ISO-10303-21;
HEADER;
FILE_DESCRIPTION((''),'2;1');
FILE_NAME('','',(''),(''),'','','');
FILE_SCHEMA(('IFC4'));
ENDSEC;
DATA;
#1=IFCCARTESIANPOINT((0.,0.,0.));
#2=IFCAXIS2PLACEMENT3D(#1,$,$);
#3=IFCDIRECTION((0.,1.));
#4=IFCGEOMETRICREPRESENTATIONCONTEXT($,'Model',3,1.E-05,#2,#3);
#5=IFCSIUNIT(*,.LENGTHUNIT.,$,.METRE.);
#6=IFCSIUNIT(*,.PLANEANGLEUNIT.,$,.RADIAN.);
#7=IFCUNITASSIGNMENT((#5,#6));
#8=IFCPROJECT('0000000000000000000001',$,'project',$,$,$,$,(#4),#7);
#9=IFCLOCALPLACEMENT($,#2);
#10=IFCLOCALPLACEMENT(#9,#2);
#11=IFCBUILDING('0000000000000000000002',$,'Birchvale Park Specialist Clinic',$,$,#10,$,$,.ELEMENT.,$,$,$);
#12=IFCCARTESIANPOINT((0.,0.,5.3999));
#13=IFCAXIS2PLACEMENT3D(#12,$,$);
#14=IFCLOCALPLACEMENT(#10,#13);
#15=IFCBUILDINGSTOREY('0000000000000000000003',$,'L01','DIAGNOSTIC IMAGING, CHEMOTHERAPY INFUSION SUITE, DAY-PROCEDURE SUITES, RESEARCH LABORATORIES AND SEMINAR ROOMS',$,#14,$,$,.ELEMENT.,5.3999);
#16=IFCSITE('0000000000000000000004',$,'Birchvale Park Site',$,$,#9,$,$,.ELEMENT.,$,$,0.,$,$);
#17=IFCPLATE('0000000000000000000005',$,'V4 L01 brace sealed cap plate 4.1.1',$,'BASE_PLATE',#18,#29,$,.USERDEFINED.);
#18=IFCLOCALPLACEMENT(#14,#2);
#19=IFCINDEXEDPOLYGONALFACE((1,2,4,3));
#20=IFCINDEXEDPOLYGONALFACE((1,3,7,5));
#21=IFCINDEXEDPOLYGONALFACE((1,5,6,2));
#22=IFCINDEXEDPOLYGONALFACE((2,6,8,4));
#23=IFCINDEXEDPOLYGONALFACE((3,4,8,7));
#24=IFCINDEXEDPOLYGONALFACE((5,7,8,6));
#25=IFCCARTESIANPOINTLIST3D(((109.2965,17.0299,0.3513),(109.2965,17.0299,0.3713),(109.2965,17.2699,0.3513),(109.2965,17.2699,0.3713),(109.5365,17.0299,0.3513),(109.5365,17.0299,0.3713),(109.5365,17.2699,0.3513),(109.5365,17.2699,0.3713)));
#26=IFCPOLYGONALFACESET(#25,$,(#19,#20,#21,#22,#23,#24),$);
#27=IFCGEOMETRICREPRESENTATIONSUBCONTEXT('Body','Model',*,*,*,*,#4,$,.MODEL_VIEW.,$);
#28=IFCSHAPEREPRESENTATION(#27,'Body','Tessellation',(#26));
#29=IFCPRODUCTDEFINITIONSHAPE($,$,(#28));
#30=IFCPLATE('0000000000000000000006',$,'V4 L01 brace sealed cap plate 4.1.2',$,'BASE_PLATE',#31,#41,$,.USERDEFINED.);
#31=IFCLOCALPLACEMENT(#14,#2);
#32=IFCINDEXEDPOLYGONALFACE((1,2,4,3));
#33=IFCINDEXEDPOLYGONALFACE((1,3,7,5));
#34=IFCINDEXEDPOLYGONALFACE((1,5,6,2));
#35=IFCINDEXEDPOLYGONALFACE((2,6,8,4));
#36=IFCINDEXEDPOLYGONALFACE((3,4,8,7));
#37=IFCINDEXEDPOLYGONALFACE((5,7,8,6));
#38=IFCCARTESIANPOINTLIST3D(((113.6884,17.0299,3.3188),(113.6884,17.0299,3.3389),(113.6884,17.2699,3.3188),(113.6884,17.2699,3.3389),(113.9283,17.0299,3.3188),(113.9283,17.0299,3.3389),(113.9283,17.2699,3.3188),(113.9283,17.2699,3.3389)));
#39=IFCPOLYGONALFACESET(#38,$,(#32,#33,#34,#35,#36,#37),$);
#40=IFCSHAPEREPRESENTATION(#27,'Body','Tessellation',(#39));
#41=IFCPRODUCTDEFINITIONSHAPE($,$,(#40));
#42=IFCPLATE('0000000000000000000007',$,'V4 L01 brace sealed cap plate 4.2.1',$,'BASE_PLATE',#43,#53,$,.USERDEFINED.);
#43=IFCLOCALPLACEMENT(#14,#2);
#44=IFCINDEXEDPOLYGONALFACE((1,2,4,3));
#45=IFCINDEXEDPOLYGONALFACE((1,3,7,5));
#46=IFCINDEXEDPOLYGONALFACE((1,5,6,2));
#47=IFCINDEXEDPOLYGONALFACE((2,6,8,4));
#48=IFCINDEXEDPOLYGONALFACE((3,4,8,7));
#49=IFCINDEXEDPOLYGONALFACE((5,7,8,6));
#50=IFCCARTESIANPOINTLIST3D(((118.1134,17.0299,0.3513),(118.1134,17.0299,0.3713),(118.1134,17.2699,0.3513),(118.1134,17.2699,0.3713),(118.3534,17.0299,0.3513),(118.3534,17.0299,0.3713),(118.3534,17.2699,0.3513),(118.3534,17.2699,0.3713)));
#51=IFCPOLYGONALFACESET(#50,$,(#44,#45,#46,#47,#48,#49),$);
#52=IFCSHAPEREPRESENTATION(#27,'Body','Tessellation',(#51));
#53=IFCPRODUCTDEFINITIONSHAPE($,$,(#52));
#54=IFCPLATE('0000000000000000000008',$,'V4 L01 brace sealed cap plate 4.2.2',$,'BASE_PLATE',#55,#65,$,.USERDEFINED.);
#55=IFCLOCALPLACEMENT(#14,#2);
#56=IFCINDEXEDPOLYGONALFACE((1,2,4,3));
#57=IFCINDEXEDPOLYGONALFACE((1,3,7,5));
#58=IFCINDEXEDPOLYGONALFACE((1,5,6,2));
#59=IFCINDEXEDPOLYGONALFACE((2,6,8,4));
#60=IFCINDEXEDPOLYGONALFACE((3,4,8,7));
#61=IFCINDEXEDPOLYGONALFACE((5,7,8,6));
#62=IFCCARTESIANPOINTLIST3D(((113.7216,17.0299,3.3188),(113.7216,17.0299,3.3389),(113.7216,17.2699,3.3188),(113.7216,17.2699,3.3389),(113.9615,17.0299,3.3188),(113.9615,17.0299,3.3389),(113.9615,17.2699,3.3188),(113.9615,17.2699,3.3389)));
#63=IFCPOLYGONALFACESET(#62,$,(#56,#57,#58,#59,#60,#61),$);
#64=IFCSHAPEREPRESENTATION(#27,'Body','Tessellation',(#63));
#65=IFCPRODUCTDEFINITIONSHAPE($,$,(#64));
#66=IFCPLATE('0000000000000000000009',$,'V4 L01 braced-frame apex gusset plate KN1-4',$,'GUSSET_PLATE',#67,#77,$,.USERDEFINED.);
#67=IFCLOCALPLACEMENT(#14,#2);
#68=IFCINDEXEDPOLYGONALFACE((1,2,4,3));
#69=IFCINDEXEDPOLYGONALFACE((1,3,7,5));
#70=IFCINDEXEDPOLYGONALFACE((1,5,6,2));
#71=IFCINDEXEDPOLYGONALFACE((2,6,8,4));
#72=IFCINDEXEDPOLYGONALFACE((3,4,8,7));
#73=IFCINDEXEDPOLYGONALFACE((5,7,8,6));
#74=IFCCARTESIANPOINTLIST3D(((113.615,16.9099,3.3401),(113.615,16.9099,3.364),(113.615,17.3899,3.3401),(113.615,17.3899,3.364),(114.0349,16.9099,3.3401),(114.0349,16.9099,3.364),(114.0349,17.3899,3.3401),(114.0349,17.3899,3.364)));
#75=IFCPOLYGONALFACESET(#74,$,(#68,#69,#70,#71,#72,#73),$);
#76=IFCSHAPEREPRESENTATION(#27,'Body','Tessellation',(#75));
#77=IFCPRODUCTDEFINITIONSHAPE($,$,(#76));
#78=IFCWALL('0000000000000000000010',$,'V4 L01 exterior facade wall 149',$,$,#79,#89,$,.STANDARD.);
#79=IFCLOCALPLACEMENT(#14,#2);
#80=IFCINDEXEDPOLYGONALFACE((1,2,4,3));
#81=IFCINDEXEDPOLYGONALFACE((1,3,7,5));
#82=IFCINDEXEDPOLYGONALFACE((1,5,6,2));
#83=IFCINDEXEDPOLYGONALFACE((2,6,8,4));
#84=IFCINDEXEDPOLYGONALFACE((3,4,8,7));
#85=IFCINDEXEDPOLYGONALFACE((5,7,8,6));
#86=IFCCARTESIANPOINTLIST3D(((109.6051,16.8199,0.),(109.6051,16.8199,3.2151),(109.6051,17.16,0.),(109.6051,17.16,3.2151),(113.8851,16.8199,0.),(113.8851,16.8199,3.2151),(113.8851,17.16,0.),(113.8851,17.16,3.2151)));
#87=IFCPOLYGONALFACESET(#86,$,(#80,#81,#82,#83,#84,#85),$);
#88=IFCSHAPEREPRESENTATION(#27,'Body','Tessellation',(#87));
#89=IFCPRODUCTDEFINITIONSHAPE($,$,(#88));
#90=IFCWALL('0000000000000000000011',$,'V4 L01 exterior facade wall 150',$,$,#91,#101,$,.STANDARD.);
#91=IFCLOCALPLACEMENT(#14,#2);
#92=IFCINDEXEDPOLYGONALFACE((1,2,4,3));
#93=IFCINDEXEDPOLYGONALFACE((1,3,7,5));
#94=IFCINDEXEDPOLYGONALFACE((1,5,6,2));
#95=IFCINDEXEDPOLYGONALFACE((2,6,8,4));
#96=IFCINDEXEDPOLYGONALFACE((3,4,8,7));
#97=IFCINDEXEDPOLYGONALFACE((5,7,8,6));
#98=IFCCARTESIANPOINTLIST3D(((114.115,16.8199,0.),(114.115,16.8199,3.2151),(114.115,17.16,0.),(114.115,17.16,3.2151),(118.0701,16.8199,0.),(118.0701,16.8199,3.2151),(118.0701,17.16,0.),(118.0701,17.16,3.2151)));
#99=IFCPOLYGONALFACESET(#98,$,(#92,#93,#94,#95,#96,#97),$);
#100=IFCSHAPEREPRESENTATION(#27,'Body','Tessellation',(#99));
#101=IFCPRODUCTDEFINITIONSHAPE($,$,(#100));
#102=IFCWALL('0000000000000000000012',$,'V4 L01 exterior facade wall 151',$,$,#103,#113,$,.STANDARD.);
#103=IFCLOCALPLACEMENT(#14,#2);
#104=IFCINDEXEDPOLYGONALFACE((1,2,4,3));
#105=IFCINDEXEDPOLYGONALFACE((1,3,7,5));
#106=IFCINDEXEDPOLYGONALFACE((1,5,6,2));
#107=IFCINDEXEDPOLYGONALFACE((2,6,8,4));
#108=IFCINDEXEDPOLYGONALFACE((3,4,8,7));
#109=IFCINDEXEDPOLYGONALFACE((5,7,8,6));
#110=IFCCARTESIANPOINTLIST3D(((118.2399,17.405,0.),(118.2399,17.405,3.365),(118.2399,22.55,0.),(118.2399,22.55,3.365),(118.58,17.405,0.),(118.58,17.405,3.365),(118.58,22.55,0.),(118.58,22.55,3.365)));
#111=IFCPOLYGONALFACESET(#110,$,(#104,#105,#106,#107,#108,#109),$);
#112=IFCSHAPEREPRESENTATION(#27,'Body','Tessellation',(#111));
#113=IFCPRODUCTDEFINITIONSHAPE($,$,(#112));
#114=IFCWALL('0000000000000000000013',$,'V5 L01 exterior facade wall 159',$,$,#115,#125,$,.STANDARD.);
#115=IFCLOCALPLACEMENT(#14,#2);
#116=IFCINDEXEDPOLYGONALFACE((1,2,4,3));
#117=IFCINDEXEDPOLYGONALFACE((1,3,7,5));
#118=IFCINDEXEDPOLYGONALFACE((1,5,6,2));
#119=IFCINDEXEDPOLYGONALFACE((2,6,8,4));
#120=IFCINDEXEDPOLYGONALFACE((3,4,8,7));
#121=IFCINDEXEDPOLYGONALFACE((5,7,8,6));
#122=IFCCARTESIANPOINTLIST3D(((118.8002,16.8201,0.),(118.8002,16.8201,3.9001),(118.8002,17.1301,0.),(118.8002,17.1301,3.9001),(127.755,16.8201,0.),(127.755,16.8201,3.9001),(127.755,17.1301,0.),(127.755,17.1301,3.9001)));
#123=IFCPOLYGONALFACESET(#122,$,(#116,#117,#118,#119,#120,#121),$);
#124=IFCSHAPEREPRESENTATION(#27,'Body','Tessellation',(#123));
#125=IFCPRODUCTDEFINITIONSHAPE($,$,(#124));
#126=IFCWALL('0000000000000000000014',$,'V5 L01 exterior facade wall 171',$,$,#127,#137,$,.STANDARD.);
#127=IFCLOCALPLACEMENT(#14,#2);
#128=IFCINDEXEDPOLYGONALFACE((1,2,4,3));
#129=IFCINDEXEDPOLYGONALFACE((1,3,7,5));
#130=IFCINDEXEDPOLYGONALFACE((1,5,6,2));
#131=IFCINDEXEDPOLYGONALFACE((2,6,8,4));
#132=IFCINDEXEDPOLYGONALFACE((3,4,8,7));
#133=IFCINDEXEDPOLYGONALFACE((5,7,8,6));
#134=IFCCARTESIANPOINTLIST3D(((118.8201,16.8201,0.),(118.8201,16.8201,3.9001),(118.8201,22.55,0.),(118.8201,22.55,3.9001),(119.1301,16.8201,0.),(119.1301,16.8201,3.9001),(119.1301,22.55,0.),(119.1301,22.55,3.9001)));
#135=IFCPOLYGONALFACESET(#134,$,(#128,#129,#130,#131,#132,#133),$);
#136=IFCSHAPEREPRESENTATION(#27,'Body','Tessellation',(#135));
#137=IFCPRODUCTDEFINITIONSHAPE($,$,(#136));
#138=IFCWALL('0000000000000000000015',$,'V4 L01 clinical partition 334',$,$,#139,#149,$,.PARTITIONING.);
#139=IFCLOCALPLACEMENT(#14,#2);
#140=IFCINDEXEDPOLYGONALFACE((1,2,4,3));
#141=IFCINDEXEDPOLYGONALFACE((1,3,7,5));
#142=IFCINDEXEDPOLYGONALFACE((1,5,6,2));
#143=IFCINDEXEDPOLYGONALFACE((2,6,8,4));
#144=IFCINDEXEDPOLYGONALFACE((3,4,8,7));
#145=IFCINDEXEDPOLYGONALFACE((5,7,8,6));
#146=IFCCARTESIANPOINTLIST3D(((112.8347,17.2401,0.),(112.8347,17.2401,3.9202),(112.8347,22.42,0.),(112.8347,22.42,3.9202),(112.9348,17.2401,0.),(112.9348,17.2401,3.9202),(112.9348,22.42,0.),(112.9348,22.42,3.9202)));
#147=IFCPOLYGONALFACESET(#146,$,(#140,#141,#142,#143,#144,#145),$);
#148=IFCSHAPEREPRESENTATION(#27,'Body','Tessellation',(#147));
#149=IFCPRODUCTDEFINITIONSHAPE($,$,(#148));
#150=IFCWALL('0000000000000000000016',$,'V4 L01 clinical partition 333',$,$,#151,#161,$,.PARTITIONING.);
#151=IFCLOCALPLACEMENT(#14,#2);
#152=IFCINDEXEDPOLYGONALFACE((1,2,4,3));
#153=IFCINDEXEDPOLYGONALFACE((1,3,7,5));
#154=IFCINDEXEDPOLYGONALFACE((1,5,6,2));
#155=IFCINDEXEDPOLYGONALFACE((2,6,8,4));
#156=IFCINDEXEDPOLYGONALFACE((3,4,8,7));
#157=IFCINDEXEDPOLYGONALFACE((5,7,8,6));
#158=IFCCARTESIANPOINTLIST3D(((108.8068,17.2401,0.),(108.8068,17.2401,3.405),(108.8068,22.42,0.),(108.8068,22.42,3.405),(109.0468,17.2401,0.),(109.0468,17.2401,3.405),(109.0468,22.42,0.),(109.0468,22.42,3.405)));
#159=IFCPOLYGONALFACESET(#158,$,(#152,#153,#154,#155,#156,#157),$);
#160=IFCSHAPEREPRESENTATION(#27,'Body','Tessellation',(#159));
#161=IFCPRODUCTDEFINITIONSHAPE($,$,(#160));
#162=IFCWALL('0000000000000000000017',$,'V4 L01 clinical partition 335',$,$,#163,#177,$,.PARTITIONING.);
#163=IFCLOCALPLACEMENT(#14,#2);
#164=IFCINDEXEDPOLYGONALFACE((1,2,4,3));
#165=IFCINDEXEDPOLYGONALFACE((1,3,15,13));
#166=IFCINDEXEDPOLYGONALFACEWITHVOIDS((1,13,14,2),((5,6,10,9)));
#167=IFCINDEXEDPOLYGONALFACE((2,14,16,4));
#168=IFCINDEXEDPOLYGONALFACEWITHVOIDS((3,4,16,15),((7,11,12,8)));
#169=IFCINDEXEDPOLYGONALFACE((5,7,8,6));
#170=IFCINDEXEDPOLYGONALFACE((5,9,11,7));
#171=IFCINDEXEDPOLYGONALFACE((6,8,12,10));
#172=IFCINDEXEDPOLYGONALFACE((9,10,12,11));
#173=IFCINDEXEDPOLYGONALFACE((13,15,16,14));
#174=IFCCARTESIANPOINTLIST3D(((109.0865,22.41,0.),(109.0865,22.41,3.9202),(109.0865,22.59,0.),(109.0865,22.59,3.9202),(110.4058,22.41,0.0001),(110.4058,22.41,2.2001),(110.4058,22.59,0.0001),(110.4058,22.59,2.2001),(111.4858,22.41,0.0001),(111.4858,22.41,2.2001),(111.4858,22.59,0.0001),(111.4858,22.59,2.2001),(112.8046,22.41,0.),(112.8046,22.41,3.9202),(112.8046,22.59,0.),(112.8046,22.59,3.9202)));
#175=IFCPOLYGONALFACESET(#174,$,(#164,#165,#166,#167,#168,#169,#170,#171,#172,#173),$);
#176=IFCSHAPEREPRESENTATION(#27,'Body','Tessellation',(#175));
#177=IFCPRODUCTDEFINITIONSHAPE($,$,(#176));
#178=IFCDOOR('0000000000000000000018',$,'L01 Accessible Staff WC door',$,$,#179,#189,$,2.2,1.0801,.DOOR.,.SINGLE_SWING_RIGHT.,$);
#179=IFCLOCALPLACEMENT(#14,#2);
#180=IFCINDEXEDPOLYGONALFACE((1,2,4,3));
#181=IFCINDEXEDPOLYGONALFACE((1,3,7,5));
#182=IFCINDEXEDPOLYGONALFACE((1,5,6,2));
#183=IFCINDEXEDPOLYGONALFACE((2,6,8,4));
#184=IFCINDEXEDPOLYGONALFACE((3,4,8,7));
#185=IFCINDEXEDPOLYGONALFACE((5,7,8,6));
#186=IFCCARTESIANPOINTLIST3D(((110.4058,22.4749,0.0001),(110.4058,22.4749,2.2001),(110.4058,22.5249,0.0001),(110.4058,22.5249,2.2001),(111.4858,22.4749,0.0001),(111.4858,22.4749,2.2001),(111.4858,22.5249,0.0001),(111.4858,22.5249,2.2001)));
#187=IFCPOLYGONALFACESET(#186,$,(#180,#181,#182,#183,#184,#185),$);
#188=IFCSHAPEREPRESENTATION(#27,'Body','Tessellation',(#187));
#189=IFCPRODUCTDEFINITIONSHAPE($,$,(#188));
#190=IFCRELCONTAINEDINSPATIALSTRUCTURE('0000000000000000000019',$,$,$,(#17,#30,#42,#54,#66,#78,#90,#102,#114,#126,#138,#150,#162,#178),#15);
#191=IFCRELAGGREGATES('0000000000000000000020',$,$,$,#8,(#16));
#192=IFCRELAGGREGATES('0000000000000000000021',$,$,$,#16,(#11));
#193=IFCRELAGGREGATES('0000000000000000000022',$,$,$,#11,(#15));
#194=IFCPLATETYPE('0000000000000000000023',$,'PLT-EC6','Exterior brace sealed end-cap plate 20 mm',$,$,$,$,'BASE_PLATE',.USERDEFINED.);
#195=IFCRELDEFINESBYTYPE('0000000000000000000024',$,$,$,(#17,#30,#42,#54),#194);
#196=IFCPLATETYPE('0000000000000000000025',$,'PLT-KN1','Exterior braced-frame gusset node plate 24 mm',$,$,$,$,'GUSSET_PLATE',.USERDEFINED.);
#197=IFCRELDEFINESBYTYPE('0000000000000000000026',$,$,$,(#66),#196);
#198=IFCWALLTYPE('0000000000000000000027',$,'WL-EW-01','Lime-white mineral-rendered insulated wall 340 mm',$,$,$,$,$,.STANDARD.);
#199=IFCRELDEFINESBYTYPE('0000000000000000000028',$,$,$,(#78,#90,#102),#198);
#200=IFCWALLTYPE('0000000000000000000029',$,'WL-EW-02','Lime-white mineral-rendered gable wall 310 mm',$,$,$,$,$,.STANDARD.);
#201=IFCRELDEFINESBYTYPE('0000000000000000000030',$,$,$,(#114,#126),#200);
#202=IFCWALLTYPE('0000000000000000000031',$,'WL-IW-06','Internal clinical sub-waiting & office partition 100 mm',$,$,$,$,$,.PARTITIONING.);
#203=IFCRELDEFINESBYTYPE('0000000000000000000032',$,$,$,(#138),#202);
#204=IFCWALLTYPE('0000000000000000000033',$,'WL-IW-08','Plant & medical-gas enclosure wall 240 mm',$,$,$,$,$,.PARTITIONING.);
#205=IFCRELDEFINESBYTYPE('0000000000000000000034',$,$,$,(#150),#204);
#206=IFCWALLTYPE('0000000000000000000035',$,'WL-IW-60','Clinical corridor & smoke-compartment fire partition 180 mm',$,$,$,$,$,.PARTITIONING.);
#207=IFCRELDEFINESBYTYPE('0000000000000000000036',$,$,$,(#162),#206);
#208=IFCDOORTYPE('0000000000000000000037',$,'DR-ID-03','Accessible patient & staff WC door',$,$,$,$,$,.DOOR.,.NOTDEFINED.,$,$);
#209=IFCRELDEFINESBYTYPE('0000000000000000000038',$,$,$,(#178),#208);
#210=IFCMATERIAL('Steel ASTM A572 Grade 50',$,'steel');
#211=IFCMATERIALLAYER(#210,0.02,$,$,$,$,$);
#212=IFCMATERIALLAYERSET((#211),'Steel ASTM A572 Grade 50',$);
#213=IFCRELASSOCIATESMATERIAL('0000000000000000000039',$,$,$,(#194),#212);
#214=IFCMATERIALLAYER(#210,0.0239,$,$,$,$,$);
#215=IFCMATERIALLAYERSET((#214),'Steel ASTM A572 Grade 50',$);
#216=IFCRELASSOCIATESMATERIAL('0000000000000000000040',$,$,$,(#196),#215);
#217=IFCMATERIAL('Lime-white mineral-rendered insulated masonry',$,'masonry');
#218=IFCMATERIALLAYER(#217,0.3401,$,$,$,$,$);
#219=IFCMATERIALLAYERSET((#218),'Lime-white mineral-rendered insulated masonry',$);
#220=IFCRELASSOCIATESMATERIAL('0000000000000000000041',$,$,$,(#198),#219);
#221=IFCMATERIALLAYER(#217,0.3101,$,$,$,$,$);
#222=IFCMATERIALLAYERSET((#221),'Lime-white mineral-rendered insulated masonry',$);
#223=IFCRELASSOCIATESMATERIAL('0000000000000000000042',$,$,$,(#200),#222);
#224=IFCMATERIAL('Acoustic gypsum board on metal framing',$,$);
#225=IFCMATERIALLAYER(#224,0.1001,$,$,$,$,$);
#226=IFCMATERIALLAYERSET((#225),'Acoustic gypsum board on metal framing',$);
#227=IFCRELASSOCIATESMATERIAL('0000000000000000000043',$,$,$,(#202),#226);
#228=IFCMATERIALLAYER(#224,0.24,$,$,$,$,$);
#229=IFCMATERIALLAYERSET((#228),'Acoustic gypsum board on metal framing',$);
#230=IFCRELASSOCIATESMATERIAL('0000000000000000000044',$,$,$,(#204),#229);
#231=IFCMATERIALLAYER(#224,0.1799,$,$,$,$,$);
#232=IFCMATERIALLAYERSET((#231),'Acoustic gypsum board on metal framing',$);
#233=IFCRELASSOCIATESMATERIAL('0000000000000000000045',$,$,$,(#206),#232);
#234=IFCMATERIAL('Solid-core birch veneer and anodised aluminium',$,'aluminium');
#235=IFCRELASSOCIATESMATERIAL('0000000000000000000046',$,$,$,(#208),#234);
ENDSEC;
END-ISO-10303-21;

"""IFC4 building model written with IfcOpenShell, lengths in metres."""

from ifc_helpers import new_model, si_unit, direction, frame, frame_2d, origin, origin_2d, place, context, subcontext, project, spatial, rectangle, extrude, material, layer, layer_set, type_object, element, fill, save


model = new_model("IFC4")

# Units and contexts
model_context = context("Model", 3, precision=1e-05, world=origin(), true_north=direction((0.0, 1.0)))
body_context = subcontext(model_context, "Body", "Model", "MODEL_VIEW")
ifc_project = project(units=[si_unit("LENGTHUNIT", "METRE"), si_unit("PLANEANGLEUNIT", "RADIAN")], contexts=[model_context])

# Site, building, storey
site_placement = place(None, origin())
site = spatial("IfcSite", under=ifc_project, at=site_placement, Name="Birchvale Park Site", CompositionType="ELEMENT", RefElevation=0.0)
building_placement = place(site_placement, origin())
building = spatial("IfcBuilding", under=site, at=building_placement, Name="Birchvale Park Specialist Clinic", CompositionType="ELEMENT")
storey_placement = place(building_placement, frame((0.0, 0.0, 5.3999)))
storey = spatial("IfcBuildingStorey", under=building, at=storey_placement, Name="L01", Description="DIAGNOSTIC IMAGING, CHEMOTHERAPY INFUSION SUITE, DAY-PROCEDURE SUITES, RESEARCH LABORATORIES AND SEMINAR ROOMS", CompositionType="ELEMENT", Elevation=5.3999)

# Plates
ifc_material_1 = material(Name="Steel ASTM A572 Grade 50", Category="steel")
ifc_layer_1 = layer(ifc_material_1, 0.02)
ifc_layer_set_1 = layer_set([ifc_layer_1], Name="Steel ASTM A572 Grade 50")
plate_type_1 = type_object("IfcPlateType", Name="PLT-EC6", Description="Exterior brace sealed end-cap plate 20 mm", ElementType="BASE_PLATE", PredefinedType="USERDEFINED", material=ifc_layer_set_1)
for number, where, z_axis, x_axis, name in (
    (1, (109.4165, 17.1499, 0.3513), (0.0, 0.0, 1.0), (1.0, 0.0, 0.0), "V4 L01 brace sealed cap plate 4.1.1"),
    (2, (113.8083, 17.1499, 3.3188), (0.0, 0.0, 1.0), (1.0, 0.0, 0.0), "V4 L01 brace sealed cap plate 4.1.2"),
    (3, (118.2334, 17.1499, 0.3513), (0.0, 0.0, 1.0), (1.0, 0.0, 0.0), "V4 L01 brace sealed cap plate 4.2.1"),
    (4, (113.8416, 17.1499, 3.3188), (0.0, 0.0, 1.0), (1.0, 0.0, 0.0), "V4 L01 brace sealed cap plate 4.2.2"),
):
    element("IfcPlate", number, at=place(storey_placement, frame(where, z_axis=z_axis, x_axis=x_axis)), inside=storey, type_object=plate_type_1, Name=name, ObjectType="BASE_PLATE", PredefinedType="USERDEFINED", context=body_context, shape_type="SweptSolid", body=[
        extrude(rectangle(XDim=0.24, YDim=0.24, at=origin_2d()), origin(), (0.0, 0.0, 1.0), 0.02),
    ])
ifc_layer_2 = layer(ifc_material_1, 0.0239)
ifc_layer_set_2 = layer_set([ifc_layer_2], Name="Steel ASTM A572 Grade 50")
plate_type_2 = type_object("IfcPlateType", Name="PLT-KN1", Description="Exterior braced-frame gusset node plate 24 mm", ElementType="GUSSET_PLATE", PredefinedType="USERDEFINED", material=ifc_layer_set_2)
plate_placement = place(storey_placement, frame((113.825, 17.1499, 3.3401), z_axis=(0.0, 0.0, 1.0), x_axis=(1.0, 0.0, 0.0)))
element("IfcPlate", 5, at=plate_placement, inside=storey, type_object=plate_type_2, Name="V4 L01 braced-frame apex gusset plate KN1-4", ObjectType="GUSSET_PLATE", PredefinedType="USERDEFINED", context=body_context, shape_type="SweptSolid", body=[
    extrude(rectangle(XDim=0.4199, YDim=0.48, at=origin_2d()), origin(), (0.0, 0.0, 1.0), 0.0239),
])

# Walls
ifc_material_2 = material(Name="Lime-white mineral-rendered insulated masonry", Category="masonry")
ifc_layer_3 = layer(ifc_material_2, 0.3401)
ifc_layer_set_3 = layer_set([ifc_layer_3], Name="Lime-white mineral-rendered insulated masonry")
wall_type_1 = type_object("IfcWallType", Name="WL-EW-01", Description="Lime-white mineral-rendered insulated wall 340 mm", PredefinedType="STANDARD", material=ifc_layer_set_3)
wall_1_placement = place(storey_placement, frame((109.605, 16.99, 0.0), z_axis=(0.0, 0.0, 1.0), x_axis=(1.0, 0.0, 0.0)))
element("IfcWall", 6, at=wall_1_placement, inside=storey, type_object=wall_type_1, Name="V4 L01 exterior facade wall 149", PredefinedType="STANDARD", context=body_context, shape_type="SweptSolid", body=[
    extrude(rectangle(XDim=4.28, YDim=0.3401, at=frame_2d((2.1401, 0.0))), origin(), (0.0, 0.0, 1.0), 3.2151),
])
wall_2_placement = place(storey_placement, frame((114.115, 16.99, 0.0), z_axis=(0.0, 0.0, 1.0), x_axis=(1.0, 0.0, 0.0)))
element("IfcWall", 7, at=wall_2_placement, inside=storey, type_object=wall_type_1, Name="V4 L01 exterior facade wall 150", PredefinedType="STANDARD", context=body_context, shape_type="SweptSolid", body=[
    extrude(rectangle(XDim=3.9551, YDim=0.3401, at=frame_2d((1.9775, 0.0))), origin(), (0.0, 0.0, 1.0), 3.2151),
])
wall_3_placement = place(storey_placement, frame((118.4099, 17.405, 0.0), z_axis=(0.0, 0.0, 1.0), x_axis=(0.0, 1.0, 0.0)))
element("IfcWall", 8, at=wall_3_placement, inside=storey, type_object=wall_type_1, Name="V4 L01 exterior facade wall 151", PredefinedType="STANDARD", context=body_context, shape_type="SweptSolid", body=[
    extrude(rectangle(XDim=5.145, YDim=0.3401, at=frame_2d((2.5725, 0.0))), origin(), (0.0, 0.0, 1.0), 3.365),
])
ifc_layer_4 = layer(ifc_material_2, 0.3101)
ifc_layer_set_4 = layer_set([ifc_layer_4], Name="Lime-white mineral-rendered insulated masonry")
wall_type_2 = type_object("IfcWallType", Name="WL-EW-02", Description="Lime-white mineral-rendered gable wall 310 mm", PredefinedType="STANDARD", material=ifc_layer_set_4)
wall_4_placement = place(storey_placement, frame((118.8, 16.9751, 0.0), z_axis=(0.0, 0.0, 1.0), x_axis=(1.0, 0.0, 0.0)))
element("IfcWall", 9, at=wall_4_placement, inside=storey, type_object=wall_type_2, Name="V5 L01 exterior facade wall 159", PredefinedType="STANDARD", context=body_context, shape_type="SweptSolid", body=[
    extrude(rectangle(XDim=8.9548, YDim=0.3101, at=frame_2d((4.4775, 0.0))), origin(), (0.0, 0.0, 1.0), 3.9001),
])
wall_5_placement = place(storey_placement, frame((118.9751, 22.55, 0.0), z_axis=(0.0, 0.0, 1.0), x_axis=(0.0, -1.0, 0.0)))
element("IfcWall", 10, at=wall_5_placement, inside=storey, type_object=wall_type_2, Name="V5 L01 exterior facade wall 171", PredefinedType="STANDARD", context=body_context, shape_type="SweptSolid", body=[
    extrude(rectangle(XDim=5.73, YDim=0.3101, at=frame_2d((2.865, 0.0))), origin(), (0.0, 0.0, 1.0), 3.9001),
])
ifc_material_3 = material(Name="Acoustic gypsum board on metal framing")
ifc_layer_5 = layer(ifc_material_3, 0.1001)
ifc_layer_set_5 = layer_set([ifc_layer_5], Name="Acoustic gypsum board on metal framing")
wall_type_3 = type_object("IfcWallType", Name="WL-IW-06", Description="Internal clinical sub-waiting & office partition 100 mm", PredefinedType="PARTITIONING", material=ifc_layer_set_5)
wall_6_placement = place(storey_placement, frame((112.8848, 22.4199, 0.0), z_axis=(0.0, 0.0, 1.0), x_axis=(0.0, -1.0, 0.0)))
element("IfcWall", 11, at=wall_6_placement, inside=storey, type_object=wall_type_3, Name="V4 L01 clinical partition 334", PredefinedType="PARTITIONING", context=body_context, shape_type="SweptSolid", body=[
    extrude(rectangle(XDim=5.1799, YDim=0.1001, at=frame_2d((2.5898, 0.0))), origin(), (0.0, 0.0, 1.0), 3.9202),
])
ifc_layer_6 = layer(ifc_material_3, 0.24)
ifc_layer_set_6 = layer_set([ifc_layer_6], Name="Acoustic gypsum board on metal framing")
wall_type_4 = type_object("IfcWallType", Name="WL-IW-08", Description="Plant & medical-gas enclosure wall 240 mm", PredefinedType="PARTITIONING", material=ifc_layer_set_6)
wall_7_placement = place(storey_placement, frame((108.9268, 22.4199, 0.0), z_axis=(0.0, 0.0, 1.0), x_axis=(0.0, -1.0, 0.0)))
element("IfcWall", 12, at=wall_7_placement, inside=storey, type_object=wall_type_4, Name="V4 L01 clinical partition 333", PredefinedType="PARTITIONING", context=body_context, shape_type="SweptSolid", body=[
    extrude(rectangle(XDim=5.1799, YDim=0.24, at=frame_2d((2.5898, 0.0))), origin(), (0.0, 0.0, 1.0), 3.405),
])

# Wall, opening, door
ifc_layer_7 = layer(ifc_material_3, 0.1799)
ifc_layer_set_7 = layer_set([ifc_layer_7], Name="Acoustic gypsum board on metal framing")
wall_type_5 = type_object("IfcWallType", Name="WL-IW-60", Description="Clinical corridor & smoke-compartment fire partition 180 mm", PredefinedType="PARTITIONING", material=ifc_layer_set_7)
wall_8_placement = place(storey_placement, frame((109.0867, 22.5, 0.0), z_axis=(0.0, 0.0, 1.0), x_axis=(1.0, 0.0, 0.0)))
wall_8 = element("IfcWall", 13, at=wall_8_placement, inside=storey, type_object=wall_type_5, Name="V4 L01 clinical partition 335", PredefinedType="PARTITIONING", context=body_context, shape_type="SweptSolid", body=[
    extrude(rectangle(XDim=3.718, YDim=0.1799, at=frame_2d((1.8589, 0.0))), origin(), (0.0, 0.0, 1.0), 3.9202),
])
opening_1_placement = place(wall_8_placement, frame((1.3191, 0.0, 0.0)))
opening_1 = element("IfcOpeningElement", 14, at=opening_1_placement, cuts=wall_8, PredefinedType="OPENING", context=body_context, shape_type="SweptSolid", body=[
    extrude(rectangle(XDim=1.0801, YDim=2.2, at=frame_2d((0.54, 1.1001))), frame((0.0, 0.1001, 0.0), z_axis=(0.0, -1.0, 0.0), x_axis=(1.0, 0.0, 0.0)), (0.0, 0.0, 1.0), 0.2),
])
ifc_material_4 = material(Name="Solid-core birch veneer and anodised aluminium", Category="aluminium")
door_type_1 = type_object("IfcDoorType", Name="DR-ID-03", Description="Accessible patient & staff WC door", OperationType="NOTDEFINED", PredefinedType="DOOR", material=ifc_material_4)
door_1_placement = place(opening_1_placement, origin())
door_1 = element("IfcDoor", 15, at=door_1_placement, inside=storey, type_object=door_type_1, Name="L01 Accessible Staff WC door", OperationType="SINGLE_SWING_RIGHT", OverallHeight=2.2, OverallWidth=1.0801, PredefinedType="DOOR", context=body_context, shape_type="SweptSolid", body=[
    extrude(rectangle(XDim=1.0801, YDim=2.2, at=frame_2d((0.54, 1.1001))), frame((0.0, 0.0249, 0.0), z_axis=(0.0, -1.0, 0.0), x_axis=(1.0, 0.0, 0.0)), (0.0, 0.0, 1.0), 0.05),
])
fill(opening_1, door_1)

save(model, "model.ifc")
